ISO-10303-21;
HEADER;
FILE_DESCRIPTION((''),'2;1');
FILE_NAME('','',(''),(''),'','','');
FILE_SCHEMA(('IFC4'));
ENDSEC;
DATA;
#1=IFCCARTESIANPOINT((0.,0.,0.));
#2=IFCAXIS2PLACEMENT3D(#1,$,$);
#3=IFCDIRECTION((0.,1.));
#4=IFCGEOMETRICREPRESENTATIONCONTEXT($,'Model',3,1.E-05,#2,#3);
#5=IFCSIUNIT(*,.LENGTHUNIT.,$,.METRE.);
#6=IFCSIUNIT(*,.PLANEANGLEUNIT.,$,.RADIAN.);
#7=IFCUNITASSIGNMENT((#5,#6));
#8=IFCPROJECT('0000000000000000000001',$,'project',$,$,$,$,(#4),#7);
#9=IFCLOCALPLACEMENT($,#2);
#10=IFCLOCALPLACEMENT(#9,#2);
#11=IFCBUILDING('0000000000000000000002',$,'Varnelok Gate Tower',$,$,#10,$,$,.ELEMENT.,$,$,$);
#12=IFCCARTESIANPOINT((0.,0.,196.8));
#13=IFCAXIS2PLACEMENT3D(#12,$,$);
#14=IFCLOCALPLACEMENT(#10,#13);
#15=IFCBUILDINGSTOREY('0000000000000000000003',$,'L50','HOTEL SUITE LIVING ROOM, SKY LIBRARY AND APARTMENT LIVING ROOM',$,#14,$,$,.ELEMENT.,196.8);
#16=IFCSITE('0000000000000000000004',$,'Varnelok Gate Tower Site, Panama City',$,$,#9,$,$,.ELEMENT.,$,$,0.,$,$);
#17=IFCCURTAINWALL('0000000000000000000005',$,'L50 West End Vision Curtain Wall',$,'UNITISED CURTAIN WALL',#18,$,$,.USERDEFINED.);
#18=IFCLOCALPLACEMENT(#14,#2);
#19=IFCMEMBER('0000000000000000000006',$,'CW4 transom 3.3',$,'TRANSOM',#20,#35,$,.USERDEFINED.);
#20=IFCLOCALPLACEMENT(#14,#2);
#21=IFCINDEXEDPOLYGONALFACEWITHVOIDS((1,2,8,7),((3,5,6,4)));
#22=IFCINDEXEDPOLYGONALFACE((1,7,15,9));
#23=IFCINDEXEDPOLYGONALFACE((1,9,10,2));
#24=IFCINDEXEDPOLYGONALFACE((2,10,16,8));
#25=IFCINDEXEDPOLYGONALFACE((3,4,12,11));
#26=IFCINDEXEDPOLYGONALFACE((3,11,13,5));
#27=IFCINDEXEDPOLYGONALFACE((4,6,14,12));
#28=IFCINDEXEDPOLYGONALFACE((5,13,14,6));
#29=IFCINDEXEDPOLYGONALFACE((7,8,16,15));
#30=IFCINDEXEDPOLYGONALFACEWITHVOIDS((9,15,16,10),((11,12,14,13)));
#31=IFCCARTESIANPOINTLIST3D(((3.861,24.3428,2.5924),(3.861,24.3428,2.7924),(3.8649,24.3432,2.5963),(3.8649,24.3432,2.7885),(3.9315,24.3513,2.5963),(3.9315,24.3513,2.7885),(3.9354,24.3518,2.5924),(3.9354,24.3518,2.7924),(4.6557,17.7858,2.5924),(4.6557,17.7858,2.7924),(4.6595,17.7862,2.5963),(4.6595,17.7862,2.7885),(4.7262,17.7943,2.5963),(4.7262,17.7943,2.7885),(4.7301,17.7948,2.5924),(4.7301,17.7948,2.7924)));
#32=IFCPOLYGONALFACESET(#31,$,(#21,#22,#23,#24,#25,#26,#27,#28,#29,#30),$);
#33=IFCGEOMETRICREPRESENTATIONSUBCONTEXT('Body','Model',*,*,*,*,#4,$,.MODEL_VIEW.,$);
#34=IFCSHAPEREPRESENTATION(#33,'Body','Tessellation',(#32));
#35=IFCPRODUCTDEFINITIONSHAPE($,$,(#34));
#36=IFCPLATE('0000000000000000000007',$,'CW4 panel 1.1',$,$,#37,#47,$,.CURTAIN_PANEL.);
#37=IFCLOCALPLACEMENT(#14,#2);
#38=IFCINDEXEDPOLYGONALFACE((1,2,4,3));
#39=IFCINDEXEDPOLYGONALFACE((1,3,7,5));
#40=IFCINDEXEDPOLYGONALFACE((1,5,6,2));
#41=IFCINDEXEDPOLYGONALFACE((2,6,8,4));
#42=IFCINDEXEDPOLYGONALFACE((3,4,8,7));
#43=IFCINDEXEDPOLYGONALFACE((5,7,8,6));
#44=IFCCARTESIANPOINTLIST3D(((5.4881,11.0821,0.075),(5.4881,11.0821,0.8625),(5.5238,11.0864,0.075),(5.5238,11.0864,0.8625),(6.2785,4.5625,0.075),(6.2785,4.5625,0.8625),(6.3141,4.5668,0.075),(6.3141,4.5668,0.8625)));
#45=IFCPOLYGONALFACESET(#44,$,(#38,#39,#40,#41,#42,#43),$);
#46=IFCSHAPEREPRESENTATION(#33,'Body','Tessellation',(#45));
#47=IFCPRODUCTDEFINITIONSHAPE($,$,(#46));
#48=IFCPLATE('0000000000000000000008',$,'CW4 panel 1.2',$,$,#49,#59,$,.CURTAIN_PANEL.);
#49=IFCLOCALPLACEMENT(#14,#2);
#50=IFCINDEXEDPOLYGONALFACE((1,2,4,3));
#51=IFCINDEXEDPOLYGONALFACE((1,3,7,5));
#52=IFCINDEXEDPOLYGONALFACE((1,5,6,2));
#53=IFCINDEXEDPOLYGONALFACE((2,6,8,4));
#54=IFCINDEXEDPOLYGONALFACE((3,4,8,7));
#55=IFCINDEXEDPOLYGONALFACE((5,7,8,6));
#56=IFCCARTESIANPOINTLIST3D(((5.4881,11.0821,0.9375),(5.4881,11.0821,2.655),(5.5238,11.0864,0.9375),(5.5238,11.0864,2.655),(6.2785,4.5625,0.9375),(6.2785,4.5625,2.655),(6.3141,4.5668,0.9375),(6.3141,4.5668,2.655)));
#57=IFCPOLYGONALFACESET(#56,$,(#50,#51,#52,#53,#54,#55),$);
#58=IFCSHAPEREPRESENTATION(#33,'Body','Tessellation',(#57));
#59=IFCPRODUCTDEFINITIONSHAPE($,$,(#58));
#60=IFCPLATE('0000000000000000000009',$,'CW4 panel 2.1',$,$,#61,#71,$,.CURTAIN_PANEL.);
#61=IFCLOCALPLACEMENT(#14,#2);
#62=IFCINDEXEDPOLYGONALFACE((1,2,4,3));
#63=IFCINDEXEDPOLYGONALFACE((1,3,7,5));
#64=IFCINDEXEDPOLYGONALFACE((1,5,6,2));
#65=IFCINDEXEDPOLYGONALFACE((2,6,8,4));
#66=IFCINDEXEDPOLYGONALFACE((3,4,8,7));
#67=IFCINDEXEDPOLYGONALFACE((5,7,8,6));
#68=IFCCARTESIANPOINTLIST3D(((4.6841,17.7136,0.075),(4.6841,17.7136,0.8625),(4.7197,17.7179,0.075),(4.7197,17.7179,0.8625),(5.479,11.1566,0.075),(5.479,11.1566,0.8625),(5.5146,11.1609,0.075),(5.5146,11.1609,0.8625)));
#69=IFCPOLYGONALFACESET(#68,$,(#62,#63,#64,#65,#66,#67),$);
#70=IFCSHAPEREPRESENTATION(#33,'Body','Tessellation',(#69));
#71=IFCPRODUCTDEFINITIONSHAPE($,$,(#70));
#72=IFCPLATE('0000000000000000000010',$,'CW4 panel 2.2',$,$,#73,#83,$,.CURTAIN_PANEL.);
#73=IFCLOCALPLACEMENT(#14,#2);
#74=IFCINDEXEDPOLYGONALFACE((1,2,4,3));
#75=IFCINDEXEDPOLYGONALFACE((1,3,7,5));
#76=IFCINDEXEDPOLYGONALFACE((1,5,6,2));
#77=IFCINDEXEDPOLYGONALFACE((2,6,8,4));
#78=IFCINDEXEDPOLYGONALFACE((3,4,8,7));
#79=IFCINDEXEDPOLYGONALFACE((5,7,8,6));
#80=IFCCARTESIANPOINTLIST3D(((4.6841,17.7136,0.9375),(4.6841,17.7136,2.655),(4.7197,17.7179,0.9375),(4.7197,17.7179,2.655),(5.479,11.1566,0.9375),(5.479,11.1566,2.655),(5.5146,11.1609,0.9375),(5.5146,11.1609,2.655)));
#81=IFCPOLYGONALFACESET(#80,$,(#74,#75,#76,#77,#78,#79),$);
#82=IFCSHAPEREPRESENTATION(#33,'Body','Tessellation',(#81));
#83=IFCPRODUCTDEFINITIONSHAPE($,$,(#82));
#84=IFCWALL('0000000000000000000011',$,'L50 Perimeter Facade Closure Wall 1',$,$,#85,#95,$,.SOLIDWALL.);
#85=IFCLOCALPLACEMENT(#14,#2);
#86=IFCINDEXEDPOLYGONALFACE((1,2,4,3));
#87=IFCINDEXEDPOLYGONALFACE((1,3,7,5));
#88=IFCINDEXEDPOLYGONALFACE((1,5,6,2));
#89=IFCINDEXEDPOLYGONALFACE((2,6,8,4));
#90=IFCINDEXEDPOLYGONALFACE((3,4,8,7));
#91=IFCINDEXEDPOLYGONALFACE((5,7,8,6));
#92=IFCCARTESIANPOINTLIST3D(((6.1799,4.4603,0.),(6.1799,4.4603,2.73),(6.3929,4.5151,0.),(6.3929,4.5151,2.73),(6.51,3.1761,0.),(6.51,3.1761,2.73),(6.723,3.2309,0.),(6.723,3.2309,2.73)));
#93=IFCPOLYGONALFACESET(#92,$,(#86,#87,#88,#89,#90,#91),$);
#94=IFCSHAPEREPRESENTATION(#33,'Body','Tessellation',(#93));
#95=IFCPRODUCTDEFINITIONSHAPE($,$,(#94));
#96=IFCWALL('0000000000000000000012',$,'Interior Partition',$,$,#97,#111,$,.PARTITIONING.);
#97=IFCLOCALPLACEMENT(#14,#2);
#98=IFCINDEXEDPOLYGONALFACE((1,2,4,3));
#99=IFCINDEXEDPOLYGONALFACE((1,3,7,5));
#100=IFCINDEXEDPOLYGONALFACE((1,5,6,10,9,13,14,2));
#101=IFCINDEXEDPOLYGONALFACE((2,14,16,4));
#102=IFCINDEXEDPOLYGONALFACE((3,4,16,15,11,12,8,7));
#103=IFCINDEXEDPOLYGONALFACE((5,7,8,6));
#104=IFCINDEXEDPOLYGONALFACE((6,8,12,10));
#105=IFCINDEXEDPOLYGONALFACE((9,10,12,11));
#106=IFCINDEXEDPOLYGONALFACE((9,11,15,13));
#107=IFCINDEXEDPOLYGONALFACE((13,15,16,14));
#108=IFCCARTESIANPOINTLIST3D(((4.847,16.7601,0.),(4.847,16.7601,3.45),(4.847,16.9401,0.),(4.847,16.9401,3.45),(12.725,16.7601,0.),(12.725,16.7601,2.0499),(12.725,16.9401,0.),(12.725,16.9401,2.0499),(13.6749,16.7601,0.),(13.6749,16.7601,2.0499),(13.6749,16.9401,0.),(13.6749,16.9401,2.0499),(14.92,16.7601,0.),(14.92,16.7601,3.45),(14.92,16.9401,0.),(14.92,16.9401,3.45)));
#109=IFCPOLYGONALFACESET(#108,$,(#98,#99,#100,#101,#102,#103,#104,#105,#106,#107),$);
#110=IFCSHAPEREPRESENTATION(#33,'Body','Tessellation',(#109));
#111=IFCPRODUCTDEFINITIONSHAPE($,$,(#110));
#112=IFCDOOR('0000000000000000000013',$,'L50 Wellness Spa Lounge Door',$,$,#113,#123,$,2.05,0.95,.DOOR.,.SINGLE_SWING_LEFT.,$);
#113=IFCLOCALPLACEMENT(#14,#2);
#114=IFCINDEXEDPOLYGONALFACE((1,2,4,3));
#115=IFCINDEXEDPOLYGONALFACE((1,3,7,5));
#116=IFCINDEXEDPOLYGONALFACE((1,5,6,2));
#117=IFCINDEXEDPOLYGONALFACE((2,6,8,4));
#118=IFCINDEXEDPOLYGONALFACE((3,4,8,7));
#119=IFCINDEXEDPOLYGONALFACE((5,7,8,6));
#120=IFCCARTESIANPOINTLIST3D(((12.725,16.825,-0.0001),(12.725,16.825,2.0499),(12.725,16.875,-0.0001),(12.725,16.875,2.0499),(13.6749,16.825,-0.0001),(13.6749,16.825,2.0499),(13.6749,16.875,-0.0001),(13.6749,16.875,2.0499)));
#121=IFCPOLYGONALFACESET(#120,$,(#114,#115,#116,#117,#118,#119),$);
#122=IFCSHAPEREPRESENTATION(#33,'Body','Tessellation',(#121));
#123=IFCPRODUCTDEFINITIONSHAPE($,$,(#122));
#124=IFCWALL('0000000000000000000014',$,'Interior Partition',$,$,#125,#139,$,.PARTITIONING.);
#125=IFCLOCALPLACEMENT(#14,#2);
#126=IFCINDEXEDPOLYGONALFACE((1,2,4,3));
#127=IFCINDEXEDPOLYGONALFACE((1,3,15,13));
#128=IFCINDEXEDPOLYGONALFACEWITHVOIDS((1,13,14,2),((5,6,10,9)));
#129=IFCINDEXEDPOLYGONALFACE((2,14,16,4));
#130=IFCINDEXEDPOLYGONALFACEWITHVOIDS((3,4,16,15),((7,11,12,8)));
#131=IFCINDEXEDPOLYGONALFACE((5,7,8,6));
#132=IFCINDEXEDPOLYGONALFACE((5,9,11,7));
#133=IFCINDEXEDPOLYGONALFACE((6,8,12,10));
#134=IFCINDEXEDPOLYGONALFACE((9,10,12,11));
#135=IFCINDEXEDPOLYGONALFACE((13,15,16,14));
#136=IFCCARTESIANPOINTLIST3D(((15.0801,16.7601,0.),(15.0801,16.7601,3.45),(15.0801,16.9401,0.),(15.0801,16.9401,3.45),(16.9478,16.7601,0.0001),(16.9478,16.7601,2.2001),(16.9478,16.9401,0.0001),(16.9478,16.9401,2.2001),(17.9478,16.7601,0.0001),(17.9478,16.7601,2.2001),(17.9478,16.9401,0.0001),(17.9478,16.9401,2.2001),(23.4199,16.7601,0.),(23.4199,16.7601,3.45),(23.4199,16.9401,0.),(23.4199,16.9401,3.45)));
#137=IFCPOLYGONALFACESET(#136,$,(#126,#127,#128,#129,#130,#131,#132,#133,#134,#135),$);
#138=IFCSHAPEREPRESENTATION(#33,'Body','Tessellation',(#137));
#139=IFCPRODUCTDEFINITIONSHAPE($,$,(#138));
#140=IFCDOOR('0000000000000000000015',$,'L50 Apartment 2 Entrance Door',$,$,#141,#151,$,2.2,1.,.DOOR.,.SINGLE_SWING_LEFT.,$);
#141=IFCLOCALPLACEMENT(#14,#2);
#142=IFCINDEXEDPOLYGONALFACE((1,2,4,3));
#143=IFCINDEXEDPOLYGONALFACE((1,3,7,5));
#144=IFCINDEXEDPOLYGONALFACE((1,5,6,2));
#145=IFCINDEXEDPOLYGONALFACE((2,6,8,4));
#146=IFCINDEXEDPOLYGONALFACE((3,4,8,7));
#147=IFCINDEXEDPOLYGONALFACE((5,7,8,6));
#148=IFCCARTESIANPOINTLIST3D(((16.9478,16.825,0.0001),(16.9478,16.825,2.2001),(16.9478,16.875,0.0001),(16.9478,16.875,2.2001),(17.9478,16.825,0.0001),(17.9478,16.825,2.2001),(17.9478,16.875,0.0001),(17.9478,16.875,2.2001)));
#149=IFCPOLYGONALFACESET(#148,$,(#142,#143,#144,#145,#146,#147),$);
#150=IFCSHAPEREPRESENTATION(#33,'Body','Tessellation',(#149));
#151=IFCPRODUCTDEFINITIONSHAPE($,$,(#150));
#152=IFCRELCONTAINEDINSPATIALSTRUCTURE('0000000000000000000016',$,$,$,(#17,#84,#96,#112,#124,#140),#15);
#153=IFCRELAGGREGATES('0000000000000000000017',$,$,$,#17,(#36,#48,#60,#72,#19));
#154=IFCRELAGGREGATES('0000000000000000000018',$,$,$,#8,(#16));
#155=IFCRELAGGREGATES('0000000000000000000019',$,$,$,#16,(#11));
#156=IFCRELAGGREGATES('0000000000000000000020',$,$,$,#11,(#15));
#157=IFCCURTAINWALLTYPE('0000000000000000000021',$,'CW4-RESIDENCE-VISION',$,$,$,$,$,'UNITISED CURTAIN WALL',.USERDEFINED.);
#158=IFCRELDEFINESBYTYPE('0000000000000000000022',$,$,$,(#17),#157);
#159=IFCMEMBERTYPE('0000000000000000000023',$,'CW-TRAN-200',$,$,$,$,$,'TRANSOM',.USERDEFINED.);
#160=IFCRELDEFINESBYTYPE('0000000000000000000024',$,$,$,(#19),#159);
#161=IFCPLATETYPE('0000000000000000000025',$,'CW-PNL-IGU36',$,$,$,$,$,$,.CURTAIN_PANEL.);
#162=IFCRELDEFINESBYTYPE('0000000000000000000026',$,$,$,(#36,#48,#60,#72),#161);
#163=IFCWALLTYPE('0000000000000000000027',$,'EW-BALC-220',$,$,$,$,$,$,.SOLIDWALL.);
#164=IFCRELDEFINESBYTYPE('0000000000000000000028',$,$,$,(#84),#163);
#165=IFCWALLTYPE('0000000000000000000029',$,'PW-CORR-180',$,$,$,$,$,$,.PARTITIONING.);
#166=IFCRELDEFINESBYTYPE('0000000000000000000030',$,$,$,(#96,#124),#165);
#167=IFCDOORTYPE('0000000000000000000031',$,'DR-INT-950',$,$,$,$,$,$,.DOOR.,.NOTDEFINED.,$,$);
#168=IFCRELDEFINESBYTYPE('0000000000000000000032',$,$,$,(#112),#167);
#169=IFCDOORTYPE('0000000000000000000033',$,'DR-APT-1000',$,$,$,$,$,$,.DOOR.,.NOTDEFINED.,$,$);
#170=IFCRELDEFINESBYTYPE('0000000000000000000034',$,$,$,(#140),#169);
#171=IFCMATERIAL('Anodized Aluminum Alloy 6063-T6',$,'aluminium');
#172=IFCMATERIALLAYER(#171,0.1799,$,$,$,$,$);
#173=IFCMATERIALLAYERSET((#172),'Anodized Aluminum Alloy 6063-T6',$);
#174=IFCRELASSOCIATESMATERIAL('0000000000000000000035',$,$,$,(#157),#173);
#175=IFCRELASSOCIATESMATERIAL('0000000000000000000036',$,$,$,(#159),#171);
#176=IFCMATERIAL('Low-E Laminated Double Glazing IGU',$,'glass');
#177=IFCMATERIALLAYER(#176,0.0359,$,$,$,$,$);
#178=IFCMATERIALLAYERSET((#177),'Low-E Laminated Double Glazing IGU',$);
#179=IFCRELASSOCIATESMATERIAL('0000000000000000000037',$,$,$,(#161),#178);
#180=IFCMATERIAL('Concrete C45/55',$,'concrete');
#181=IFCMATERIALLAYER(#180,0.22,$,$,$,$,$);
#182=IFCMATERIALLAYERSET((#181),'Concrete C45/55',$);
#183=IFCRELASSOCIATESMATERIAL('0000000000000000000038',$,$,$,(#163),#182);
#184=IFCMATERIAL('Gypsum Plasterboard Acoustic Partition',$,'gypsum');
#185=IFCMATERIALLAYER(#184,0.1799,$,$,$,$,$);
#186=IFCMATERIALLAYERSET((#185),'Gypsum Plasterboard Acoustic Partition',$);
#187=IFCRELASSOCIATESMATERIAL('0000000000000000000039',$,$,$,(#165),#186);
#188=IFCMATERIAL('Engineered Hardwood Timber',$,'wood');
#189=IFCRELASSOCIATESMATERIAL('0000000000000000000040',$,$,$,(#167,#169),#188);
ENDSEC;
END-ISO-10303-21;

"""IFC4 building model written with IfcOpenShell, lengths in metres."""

from ifc_helpers import new_model, si_unit, direction, frame, frame_2d, origin, origin_2d, place, context, subcontext, project, spatial, rectangle, hollow_rectangle, extrude, source, transform, mapped, material, layer, layer_set, material_profile, profile_set, type_object, element, fill, aggregate, save


model = new_model("IFC4")

# Units and contexts
model_context = context("Model", 3, precision=1e-05, world=origin(), true_north=direction((0.0, 1.0)))
body_context = subcontext(model_context, "Body", "Model", "MODEL_VIEW")
ifc_project = project(units=[si_unit("LENGTHUNIT", "METRE"), si_unit("PLANEANGLEUNIT", "RADIAN")], contexts=[model_context])

# Site, building, storey
site_placement = place(None, origin())
site = spatial("IfcSite", under=ifc_project, at=site_placement, Name="Varnelok Gate Tower Site, Panama City", CompositionType="ELEMENT", RefElevation=0.0)
building_placement = place(site_placement, origin())
building = spatial("IfcBuilding", under=site, at=building_placement, Name="Varnelok Gate Tower", CompositionType="ELEMENT")
storey_placement = place(building_placement, frame((0.0, 0.0, 196.8)))
storey = spatial("IfcBuildingStorey", under=building, at=storey_placement, Name="L50", Description="HOTEL SUITE LIVING ROOM, SKY LIBRARY AND APARTMENT LIVING ROOM", CompositionType="ELEMENT", Elevation=196.8)

# Curtain wall, member, plates
ifc_material_1 = material(Name="Anodized Aluminum Alloy 6063-T6", Category="aluminium")
ifc_layer_1 = layer(ifc_material_1, 0.1799)
ifc_layer_set_1 = layer_set([ifc_layer_1], Name="Anodized Aluminum Alloy 6063-T6")
curtain_wall_type = type_object("IfcCurtainWallType", Name="CW4-RESIDENCE-VISION", ElementType="UNITISED CURTAIN WALL", PredefinedType="USERDEFINED", material=ifc_layer_set_1)
curtain_wall_placement = place(storey_placement, origin())
curtain_wall = element("IfcCurtainWall", 1, at=curtain_wall_placement, inside=storey, type_object=curtain_wall_type, Name="L50 West End Vision Curtain Wall", ObjectType="UNITISED CURTAIN WALL", PredefinedType="USERDEFINED")
ifc_material_profile_1 = material_profile(ifc_material_1, hollow_rectangle(XDim=0.075, YDim=0.2, WallThickness=0.0039, at=origin_2d()), Name="ALU200X75X4")
ifc_profile_set_1 = profile_set([ifc_material_profile_1], Name="Anodized Aluminum Alloy 6063-T6")
member_type_1 = type_object("IfcMemberType", Name="CW-TRAN-200", ElementType="TRANSOM", PredefinedType="USERDEFINED", material=ifc_profile_set_1)
member_1_placement = place(storey_placement, frame((4.6929, 17.7903, 2.6924), z_axis=(-0.120317, 0.992736, 0.0), x_axis=(-0.992736, -0.120317, 0.0)))
member_1 = element("IfcMember", 2, at=member_1_placement, type_object=member_type_1, Name="CW4 transom 3.3", ObjectType="TRANSOM", PredefinedType="USERDEFINED", context=body_context, shape_type="SweptSolid", body=[
    extrude(hollow_rectangle(XDim=0.075, YDim=0.2, WallThickness=0.0039, at=origin_2d()), origin(), (0.0, 0.0, 1.0), 6.605),
])
ifc_material_2 = material(Name="Low-E Laminated Double Glazing IGU", Category="glass")
ifc_layer_2 = layer(ifc_material_2, 0.0359)
ifc_layer_set_2 = layer_set([ifc_layer_2], Name="Low-E Laminated Double Glazing IGU")
plate_type = type_object("IfcPlateType", Name="CW-PNL-IGU36", PredefinedType="CURTAIN_PANEL", material=ifc_layer_set_2)
shared_shape_1 = source(origin(), body_context, "Body", "SweptSolid", [
    extrude(rectangle(XDim=6.5674, YDim=0.0359, at=origin_2d()), origin(), (0.0, 0.0, 1.0), 0.7876),
])
plate_1_placement = place(storey_placement, frame((5.9011, 7.8245, 0.075), z_axis=(0.0, 0.0, 1.0), x_axis=(-0.120345, 0.992732, 0.0)))
plate_1 = element("IfcPlate", 3, at=plate_1_placement, type_object=plate_type, Name="CW4 panel 1.1", PredefinedType="CURTAIN_PANEL", context=body_context, shape_type="MappedRepresentation", body=[
    mapped(shared_shape_1, transform((0.0, 0.0, 0.0), scale=1.0)),
])
shared_shape_2 = source(origin(), body_context, "Body", "SweptSolid", [
    extrude(rectangle(XDim=6.5674, YDim=0.0359, at=origin_2d()), origin(), (0.0, 0.0, 1.0), 1.7175),
])
plate_2_placement = place(storey_placement, frame((5.9011, 7.8245, 0.9375), z_axis=(0.0, 0.0, 1.0), x_axis=(-0.120345, 0.992732, 0.0)))
plate_2 = element("IfcPlate", 4, at=plate_2_placement, type_object=plate_type, Name="CW4 panel 1.2", PredefinedType="CURTAIN_PANEL", context=body_context, shape_type="MappedRepresentation", body=[
    mapped(shared_shape_2, transform((0.0, 0.0, 0.0), scale=1.0)),
])
shared_shape_3 = source(origin(), body_context, "Body", "SweptSolid", [
    extrude(rectangle(XDim=6.605, YDim=0.0359, at=origin_2d()), origin(), (0.0, 0.0, 1.0), 0.7876),
])
plate_3_placement = place(storey_placement, frame((5.0994, 14.4373, 0.075), z_axis=(0.0, 0.0, 1.0), x_axis=(-0.120345, 0.992732, 0.0)))
plate_3 = element("IfcPlate", 5, at=plate_3_placement, type_object=plate_type, Name="CW4 panel 2.1", PredefinedType="CURTAIN_PANEL", context=body_context, shape_type="MappedRepresentation", body=[
    mapped(shared_shape_3, transform((0.0, 0.0, 0.0), scale=1.0)),
])
shared_shape_4 = source(origin(), body_context, "Body", "SweptSolid", [
    extrude(rectangle(XDim=6.605, YDim=0.0359, at=origin_2d()), origin(), (0.0, 0.0, 1.0), 1.7175),
])
plate_4_placement = place(storey_placement, frame((5.0994, 14.4373, 0.9375), z_axis=(0.0, 0.0, 1.0), x_axis=(-0.120345, 0.992732, 0.0)))
plate_4 = element("IfcPlate", 6, at=plate_4_placement, type_object=plate_type, Name="CW4 panel 2.2", PredefinedType="CURTAIN_PANEL", context=body_context, shape_type="MappedRepresentation", body=[
    mapped(shared_shape_4, transform((0.0, 0.0, 0.0), scale=1.0)),
])
aggregate(curtain_wall, [plate_1, plate_2, plate_3, plate_4, member_1])

# Wall
ifc_material_3 = material(Name="Concrete C45/55", Category="concrete")
ifc_layer_3 = layer(ifc_material_3, 0.22)
ifc_layer_set_3 = layer_set([ifc_layer_3], Name="Concrete C45/55")
wall_type_1 = type_object("IfcWallType", Name="EW-BALC-220", PredefinedType="SOLIDWALL", material=ifc_layer_set_3)
wall_1_placement = place(storey_placement, frame((6.2864, 4.4878, 0.0), z_axis=(0.0, 0.0, 1.0), x_axis=(0.248942, -0.968518, 0.0)))
element("IfcWall", 7, at=wall_1_placement, inside=storey, type_object=wall_type_1, Name="L50 Perimeter Facade Closure Wall 1", PredefinedType="SOLIDWALL", context=body_context, shape_type="SweptSolid", body=[
    extrude(rectangle(XDim=1.3259, YDim=0.22, at=frame_2d((0.6631, 0.0))), origin(), (0.0, 0.0, 1.0), 2.73),
])

# Walls, openings, doors
ifc_material_4 = material(Name="Gypsum Plasterboard Acoustic Partition", Category="gypsum")
ifc_layer_4 = layer(ifc_material_4, 0.1799)
ifc_layer_set_4 = layer_set([ifc_layer_4], Name="Gypsum Plasterboard Acoustic Partition")
wall_type_2 = type_object("IfcWallType", Name="PW-CORR-180", PredefinedType="PARTITIONING", material=ifc_layer_set_4)
wall_2_placement = place(storey_placement, frame((4.8469, 16.8501, 0.0), z_axis=(0.0, 0.0, 1.0), x_axis=(1.0, 0.0, 0.0)))
wall_2 = element("IfcWall", 8, at=wall_2_placement, inside=storey, type_object=wall_type_2, Name="Interior Partition", PredefinedType="PARTITIONING", context=body_context, shape_type="SweptSolid", body=[
    extrude(rectangle(XDim=10.073, YDim=0.1799, at=frame_2d((5.0366, 0.0))), origin(), (0.0, 0.0, 1.0), 3.45),
])
opening_1_placement = place(wall_2_placement, frame((7.8779, 0.0, 0.0)))
opening_1 = element("IfcOpeningElement", 9, at=opening_1_placement, cuts=wall_2, PredefinedType="OPENING", context=body_context, shape_type="SweptSolid", body=[
    extrude(rectangle(XDim=0.95, YDim=2.05, at=frame_2d((0.4751, 1.0249))), frame((0.0, 0.0999, 0.0), z_axis=(0.0, -1.0, 0.0), x_axis=(1.0, 0.0, 0.0)), (0.0, 0.0, 1.0), 0.2),
])
ifc_material_5 = material(Name="Engineered Hardwood Timber", Category="wood")
door_type_1 = type_object("IfcDoorType", Name="DR-INT-950", OperationType="NOTDEFINED", PredefinedType="DOOR", material=ifc_material_5)
door_1_placement = place(opening_1_placement, origin())
door_1 = element("IfcDoor", 10, at=door_1_placement, inside=storey, type_object=door_type_1, Name="L50 Wellness Spa Lounge Door", OperationType="SINGLE_SWING_LEFT", OverallHeight=2.05, OverallWidth=0.95, PredefinedType="DOOR", context=body_context, shape_type="SweptSolid", body=[
    extrude(rectangle(XDim=0.95, YDim=2.05, at=frame_2d((0.4751, 1.0249))), frame((0.0, 0.0249, 0.0), z_axis=(0.0, -1.0, 0.0), x_axis=(1.0, 0.0, 0.0)), (0.0, 0.0, 1.0), 0.05),
])
fill(opening_1, door_1)
wall_3_placement = place(storey_placement, frame((15.0801, 16.8501, 0.0), z_axis=(0.0, 0.0, 1.0), x_axis=(1.0, 0.0, 0.0)))
wall_3 = element("IfcWall", 11, at=wall_3_placement, inside=storey, type_object=wall_type_2, Name="Interior Partition", PredefinedType="PARTITIONING", context=body_context, shape_type="SweptSolid", body=[
    extrude(rectangle(XDim=8.3398, YDim=0.1799, at=frame_2d((4.1699, 0.0))), origin(), (0.0, 0.0, 1.0), 3.45),
])
opening_2_placement = place(wall_3_placement, frame((1.8677, 0.0, 0.0)))
opening_2 = element("IfcOpeningElement", 12, at=opening_2_placement, cuts=wall_3, PredefinedType="OPENING", context=body_context, shape_type="SweptSolid", body=[
    extrude(rectangle(XDim=1.0, YDim=2.2, at=frame_2d((0.5, 1.1001))), frame((0.0, 0.0999, 0.0), z_axis=(0.0, -1.0, 0.0), x_axis=(1.0, 0.0, 0.0)), (0.0, 0.0, 1.0), 0.2),
])
door_type_2 = type_object("IfcDoorType", Name="DR-APT-1000", OperationType="NOTDEFINED", PredefinedType="DOOR", material=ifc_material_5)
door_2_placement = place(opening_2_placement, origin())
door_2 = element("IfcDoor", 13, at=door_2_placement, inside=storey, type_object=door_type_2, Name="L50 Apartment 2 Entrance Door", OperationType="SINGLE_SWING_LEFT", OverallHeight=2.2, OverallWidth=1.0, PredefinedType="DOOR", context=body_context, shape_type="SweptSolid", body=[
    extrude(rectangle(XDim=1.0, YDim=2.2, at=frame_2d((0.5, 1.1001))), frame((0.0, 0.0249, 0.0), z_axis=(0.0, -1.0, 0.0), x_axis=(1.0, 0.0, 0.0)), (0.0, 0.0, 1.0), 0.05),
])
fill(opening_2, door_2)

save(model, "model.ifc")
